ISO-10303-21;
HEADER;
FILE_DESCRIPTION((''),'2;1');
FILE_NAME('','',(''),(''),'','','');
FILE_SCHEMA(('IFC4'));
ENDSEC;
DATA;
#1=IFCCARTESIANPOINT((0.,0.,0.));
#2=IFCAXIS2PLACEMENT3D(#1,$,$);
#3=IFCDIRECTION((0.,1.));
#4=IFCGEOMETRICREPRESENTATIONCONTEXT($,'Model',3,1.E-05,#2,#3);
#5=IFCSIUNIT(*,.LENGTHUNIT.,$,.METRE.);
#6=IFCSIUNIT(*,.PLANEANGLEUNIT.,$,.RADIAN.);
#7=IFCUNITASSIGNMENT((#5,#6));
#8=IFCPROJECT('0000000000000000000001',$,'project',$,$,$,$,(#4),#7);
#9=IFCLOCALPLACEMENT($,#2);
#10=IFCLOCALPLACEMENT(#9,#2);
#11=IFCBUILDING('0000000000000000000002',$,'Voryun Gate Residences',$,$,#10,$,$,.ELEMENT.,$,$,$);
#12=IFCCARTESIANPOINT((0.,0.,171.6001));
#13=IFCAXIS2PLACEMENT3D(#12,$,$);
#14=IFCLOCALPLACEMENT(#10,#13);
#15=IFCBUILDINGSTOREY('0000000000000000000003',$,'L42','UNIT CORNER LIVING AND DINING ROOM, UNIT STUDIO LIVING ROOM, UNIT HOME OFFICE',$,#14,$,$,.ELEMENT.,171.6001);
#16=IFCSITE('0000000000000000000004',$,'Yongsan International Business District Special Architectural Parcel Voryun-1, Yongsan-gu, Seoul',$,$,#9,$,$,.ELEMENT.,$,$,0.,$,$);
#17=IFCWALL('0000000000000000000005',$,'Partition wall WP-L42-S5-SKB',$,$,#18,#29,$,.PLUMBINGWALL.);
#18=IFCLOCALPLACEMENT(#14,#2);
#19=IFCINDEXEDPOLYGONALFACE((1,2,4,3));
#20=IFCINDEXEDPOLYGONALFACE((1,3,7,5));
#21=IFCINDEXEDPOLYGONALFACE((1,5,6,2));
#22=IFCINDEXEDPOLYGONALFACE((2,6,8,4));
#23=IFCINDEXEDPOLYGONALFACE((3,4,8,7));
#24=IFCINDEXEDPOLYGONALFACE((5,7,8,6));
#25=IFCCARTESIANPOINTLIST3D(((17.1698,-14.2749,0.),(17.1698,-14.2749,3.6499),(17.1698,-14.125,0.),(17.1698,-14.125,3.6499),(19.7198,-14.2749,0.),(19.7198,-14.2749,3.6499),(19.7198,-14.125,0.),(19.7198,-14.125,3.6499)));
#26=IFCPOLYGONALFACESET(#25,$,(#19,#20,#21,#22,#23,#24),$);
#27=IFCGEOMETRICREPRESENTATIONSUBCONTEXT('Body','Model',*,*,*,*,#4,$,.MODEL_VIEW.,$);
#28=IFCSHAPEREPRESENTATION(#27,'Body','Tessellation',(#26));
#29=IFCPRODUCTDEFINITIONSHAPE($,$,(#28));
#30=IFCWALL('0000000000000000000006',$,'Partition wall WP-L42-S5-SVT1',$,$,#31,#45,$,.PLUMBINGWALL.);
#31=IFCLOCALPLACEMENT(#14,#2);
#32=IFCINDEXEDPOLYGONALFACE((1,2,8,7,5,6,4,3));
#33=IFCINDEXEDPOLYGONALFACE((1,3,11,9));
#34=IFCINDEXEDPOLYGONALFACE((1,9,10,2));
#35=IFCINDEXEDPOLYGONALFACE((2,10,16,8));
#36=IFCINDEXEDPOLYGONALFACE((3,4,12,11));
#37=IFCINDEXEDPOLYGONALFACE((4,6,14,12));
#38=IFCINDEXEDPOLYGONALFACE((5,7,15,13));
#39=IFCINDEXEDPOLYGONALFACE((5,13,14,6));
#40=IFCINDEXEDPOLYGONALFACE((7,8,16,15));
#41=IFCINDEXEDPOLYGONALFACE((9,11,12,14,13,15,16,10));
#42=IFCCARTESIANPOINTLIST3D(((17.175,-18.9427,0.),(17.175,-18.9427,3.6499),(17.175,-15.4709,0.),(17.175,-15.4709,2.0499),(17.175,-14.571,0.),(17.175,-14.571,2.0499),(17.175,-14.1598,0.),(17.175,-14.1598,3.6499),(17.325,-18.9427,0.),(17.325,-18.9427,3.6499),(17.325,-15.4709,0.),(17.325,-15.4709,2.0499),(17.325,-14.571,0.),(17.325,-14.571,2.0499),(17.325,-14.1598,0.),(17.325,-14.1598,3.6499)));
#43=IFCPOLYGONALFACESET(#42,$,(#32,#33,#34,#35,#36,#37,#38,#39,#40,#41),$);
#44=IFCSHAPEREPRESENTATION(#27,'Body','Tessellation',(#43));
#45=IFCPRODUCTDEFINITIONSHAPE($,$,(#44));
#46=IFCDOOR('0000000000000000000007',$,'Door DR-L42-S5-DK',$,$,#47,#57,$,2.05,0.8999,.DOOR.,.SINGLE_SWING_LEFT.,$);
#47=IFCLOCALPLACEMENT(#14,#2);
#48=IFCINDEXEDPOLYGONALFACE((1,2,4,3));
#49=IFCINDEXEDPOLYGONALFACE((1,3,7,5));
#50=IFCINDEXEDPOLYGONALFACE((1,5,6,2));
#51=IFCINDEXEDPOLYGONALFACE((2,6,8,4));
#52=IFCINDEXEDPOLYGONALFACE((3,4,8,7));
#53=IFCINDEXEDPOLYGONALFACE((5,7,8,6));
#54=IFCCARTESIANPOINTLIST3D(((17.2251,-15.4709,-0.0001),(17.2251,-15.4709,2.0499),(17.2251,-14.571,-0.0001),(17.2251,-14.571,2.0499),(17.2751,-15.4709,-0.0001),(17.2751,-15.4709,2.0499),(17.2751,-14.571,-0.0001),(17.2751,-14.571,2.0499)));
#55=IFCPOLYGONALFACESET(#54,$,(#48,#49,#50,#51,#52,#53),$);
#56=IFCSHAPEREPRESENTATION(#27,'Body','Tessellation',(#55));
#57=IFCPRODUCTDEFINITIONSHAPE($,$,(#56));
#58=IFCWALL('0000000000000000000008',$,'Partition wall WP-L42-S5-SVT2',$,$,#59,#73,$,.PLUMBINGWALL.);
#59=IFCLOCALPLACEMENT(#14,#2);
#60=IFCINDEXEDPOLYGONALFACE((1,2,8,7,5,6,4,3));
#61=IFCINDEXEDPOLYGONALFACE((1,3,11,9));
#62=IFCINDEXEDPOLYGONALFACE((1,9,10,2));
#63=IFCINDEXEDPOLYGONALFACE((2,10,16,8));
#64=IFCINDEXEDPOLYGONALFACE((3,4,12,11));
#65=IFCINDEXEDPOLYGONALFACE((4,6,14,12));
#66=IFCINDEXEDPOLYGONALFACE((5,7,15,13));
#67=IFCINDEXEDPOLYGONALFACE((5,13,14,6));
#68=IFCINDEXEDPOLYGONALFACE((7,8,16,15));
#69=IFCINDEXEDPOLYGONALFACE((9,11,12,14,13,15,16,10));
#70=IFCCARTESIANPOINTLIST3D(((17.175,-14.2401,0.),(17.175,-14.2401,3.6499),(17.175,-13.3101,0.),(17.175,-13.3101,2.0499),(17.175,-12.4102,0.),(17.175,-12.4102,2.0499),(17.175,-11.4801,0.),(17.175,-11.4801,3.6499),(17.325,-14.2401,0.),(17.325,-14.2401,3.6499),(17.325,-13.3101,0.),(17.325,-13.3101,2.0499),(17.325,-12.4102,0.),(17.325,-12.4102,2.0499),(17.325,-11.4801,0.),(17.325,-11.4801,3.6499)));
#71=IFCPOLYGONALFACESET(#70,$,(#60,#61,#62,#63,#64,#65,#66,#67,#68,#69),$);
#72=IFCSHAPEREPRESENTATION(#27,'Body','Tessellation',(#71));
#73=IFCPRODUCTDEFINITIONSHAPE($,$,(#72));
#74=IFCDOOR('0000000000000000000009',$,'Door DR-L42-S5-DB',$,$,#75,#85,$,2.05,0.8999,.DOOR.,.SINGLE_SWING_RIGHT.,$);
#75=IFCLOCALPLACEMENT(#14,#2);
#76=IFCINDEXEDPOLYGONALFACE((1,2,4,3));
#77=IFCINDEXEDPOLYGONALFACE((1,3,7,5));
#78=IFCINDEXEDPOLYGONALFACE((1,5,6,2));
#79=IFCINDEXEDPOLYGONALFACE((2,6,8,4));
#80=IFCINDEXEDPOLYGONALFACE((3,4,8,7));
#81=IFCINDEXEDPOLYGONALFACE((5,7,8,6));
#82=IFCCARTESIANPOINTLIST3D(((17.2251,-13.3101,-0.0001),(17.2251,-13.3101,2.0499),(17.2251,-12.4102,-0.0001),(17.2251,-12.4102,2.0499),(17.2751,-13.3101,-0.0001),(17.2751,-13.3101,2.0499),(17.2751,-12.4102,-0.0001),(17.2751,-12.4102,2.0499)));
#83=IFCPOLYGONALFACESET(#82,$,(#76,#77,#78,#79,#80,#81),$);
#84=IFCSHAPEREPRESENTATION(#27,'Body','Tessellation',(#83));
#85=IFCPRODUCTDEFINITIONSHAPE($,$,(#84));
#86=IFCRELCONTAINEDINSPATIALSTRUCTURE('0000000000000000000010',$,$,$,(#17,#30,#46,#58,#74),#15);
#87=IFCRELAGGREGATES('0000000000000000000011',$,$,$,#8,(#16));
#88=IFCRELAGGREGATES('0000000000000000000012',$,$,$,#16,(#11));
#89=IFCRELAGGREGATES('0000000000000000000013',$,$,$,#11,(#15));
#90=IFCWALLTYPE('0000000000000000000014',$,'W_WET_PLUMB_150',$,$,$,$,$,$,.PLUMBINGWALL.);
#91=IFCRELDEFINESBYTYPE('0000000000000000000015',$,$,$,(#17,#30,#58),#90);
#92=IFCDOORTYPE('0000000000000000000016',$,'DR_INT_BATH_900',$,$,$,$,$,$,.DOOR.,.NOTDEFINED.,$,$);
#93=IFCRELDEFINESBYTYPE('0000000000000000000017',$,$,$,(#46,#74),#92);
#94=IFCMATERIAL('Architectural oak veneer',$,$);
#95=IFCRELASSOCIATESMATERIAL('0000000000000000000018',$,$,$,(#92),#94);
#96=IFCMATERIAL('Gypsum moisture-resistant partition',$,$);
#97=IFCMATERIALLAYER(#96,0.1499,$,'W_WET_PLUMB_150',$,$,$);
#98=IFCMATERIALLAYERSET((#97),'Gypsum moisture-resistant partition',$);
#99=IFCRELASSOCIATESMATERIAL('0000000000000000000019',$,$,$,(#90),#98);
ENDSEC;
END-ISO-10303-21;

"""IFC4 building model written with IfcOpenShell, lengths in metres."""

from ifc_helpers import new_model, si_unit, direction, frame, frame_2d, origin, place, context, subcontext, project, spatial, rectangle, extrude, material, layer, layer_set, type_object, element, fill, save


model = new_model("IFC4")

# Units and contexts
model_context = context("Model", 3, precision=1e-05, world=origin(), true_north=direction((0.0, 1.0)))
body_context = subcontext(model_context, "Body", "Model", "MODEL_VIEW")
ifc_project = project(units=[si_unit("LENGTHUNIT", "METRE"), si_unit("PLANEANGLEUNIT", "RADIAN")], contexts=[model_context])

# Site, building, storey
site_placement = place(None, origin())
site = spatial("IfcSite", under=ifc_project, at=site_placement, Name="Yongsan International Business District Special Architectural Parcel Voryun-1, Yongsan-gu, Seoul", CompositionType="ELEMENT", RefElevation=0.0)
building_placement = place(site_placement, origin())
building = spatial("IfcBuilding", under=site, at=building_placement, Name="Voryun Gate Residences", CompositionType="ELEMENT")
storey_placement = place(building_placement, frame((0.0, 0.0, 171.6001)))
storey = spatial("IfcBuildingStorey", under=building, at=storey_placement, Name="L42", Description="UNIT CORNER LIVING AND DINING ROOM, UNIT STUDIO LIVING ROOM, UNIT HOME OFFICE", CompositionType="ELEMENT", Elevation=171.6001)

# Shared definitions
ifc_material_1 = material(Name="Architectural oak veneer")
door_type_1 = type_object("IfcDoorType", Name="DR_INT_BATH_900", OperationType="NOTDEFINED", PredefinedType="DOOR", material=ifc_material_1)

# Wall
ifc_material_2 = material(Name="Gypsum moisture-resistant partition")
ifc_layer_1 = layer(ifc_material_2, 0.1499, Name="W_WET_PLUMB_150")
ifc_layer_set_1 = layer_set([ifc_layer_1], Name="Gypsum moisture-resistant partition")
wall_type_1 = type_object("IfcWallType", Name="W_WET_PLUMB_150", PredefinedType="PLUMBINGWALL", material=ifc_layer_set_1)
wall_1_placement = place(storey_placement, frame((17.1699, -14.2, 0.0), z_axis=(0.0, 0.0, 1.0), x_axis=(1.0, 0.0, 0.0)))
element("IfcWall", 1, at=wall_1_placement, inside=storey, type_object=wall_type_1, Name="Partition wall WP-L42-S5-SKB", PredefinedType="PLUMBINGWALL", context=body_context, shape_type="SweptSolid", body=[
    extrude(rectangle(XDim=2.55, YDim=0.1499, at=frame_2d((1.2749, 0.0))), origin(), (0.0, 0.0, 1.0), 3.6499),
])

# Walls, openings, doors
wall_2_placement = place(storey_placement, frame((17.25, -18.9429, 0.0), z_axis=(0.0, 0.0, 1.0), x_axis=(0.0, 1.0, 0.0)))
wall_2 = element("IfcWall", 2, at=wall_2_placement, inside=storey, type_object=wall_type_1, Name="Partition wall WP-L42-S5-SVT1", PredefinedType="PLUMBINGWALL", context=body_context, shape_type="SweptSolid", body=[
    extrude(rectangle(XDim=4.783, YDim=0.1499, at=frame_2d((2.3916, 0.0))), origin(), (0.0, 0.0, 1.0), 3.6499),
])
opening_1_placement = place(wall_2_placement, frame((3.4719, 0.0, 0.0)))
opening_1 = element("IfcOpeningElement", 3, at=opening_1_placement, cuts=wall_2, PredefinedType="OPENING", context=body_context, shape_type="SweptSolid", body=[
    extrude(rectangle(XDim=0.8999, YDim=2.05, at=frame_2d((0.45, 1.0249))), frame((0.0, 0.085, 0.0), z_axis=(0.0, -1.0, 0.0), x_axis=(1.0, 0.0, 0.0)), (0.0, 0.0, 1.0), 0.1699),
])
door_1_placement = place(opening_1_placement, origin())
door_1 = element("IfcDoor", 4, at=door_1_placement, inside=storey, type_object=door_type_1, Name="Door DR-L42-S5-DK", OperationType="SINGLE_SWING_LEFT", OverallHeight=2.05, OverallWidth=0.8999, PredefinedType="DOOR", context=body_context, shape_type="SweptSolid", body=[
    extrude(rectangle(XDim=0.8999, YDim=2.05, at=frame_2d((0.45, 1.0249))), frame((0.0, 0.0249, 0.0), z_axis=(0.0, -1.0, 0.0), x_axis=(1.0, 0.0, 0.0)), (0.0, 0.0, 1.0), 0.05),
])
fill(opening_1, door_1)
wall_3_placement = place(storey_placement, frame((17.25, -14.24, 0.0), z_axis=(0.0, 0.0, 1.0), x_axis=(0.0, 1.0, 0.0)))
wall_3 = element("IfcWall", 5, at=wall_3_placement, inside=storey, type_object=wall_type_1, Name="Partition wall WP-L42-S5-SVT2", PredefinedType="PLUMBINGWALL", context=body_context, shape_type="SweptSolid", body=[
    extrude(rectangle(XDim=2.76, YDim=0.1499, at=frame_2d((1.3799, 0.0))), origin(), (0.0, 0.0, 1.0), 3.6499),
])
opening_2_placement = place(wall_3_placement, frame((0.9299, 0.0, 0.0)))
opening_2 = element("IfcOpeningElement", 6, at=opening_2_placement, cuts=wall_3, PredefinedType="OPENING", context=body_context, shape_type="SweptSolid", body=[
    extrude(rectangle(XDim=0.8999, YDim=2.05, at=frame_2d((0.45, 1.0249))), frame((0.0, 0.085, 0.0), z_axis=(0.0, -1.0, 0.0), x_axis=(1.0, 0.0, 0.0)), (0.0, 0.0, 1.0), 0.1699),
])
door_2_placement = place(opening_2_placement, origin())
door_2 = element("IfcDoor", 7, at=door_2_placement, inside=storey, type_object=door_type_1, Name="Door DR-L42-S5-DB", OperationType="SINGLE_SWING_RIGHT", OverallHeight=2.05, OverallWidth=0.8999, PredefinedType="DOOR", context=body_context, shape_type="SweptSolid", body=[
    extrude(rectangle(XDim=0.8999, YDim=2.05, at=frame_2d((0.45, 1.0249))), frame((0.0, 0.0249, 0.0), z_axis=(0.0, -1.0, 0.0), x_axis=(1.0, 0.0, 0.0)), (0.0, 0.0, 1.0), 0.05),
])
fill(opening_2, door_2)

save(model, "model.ifc")
